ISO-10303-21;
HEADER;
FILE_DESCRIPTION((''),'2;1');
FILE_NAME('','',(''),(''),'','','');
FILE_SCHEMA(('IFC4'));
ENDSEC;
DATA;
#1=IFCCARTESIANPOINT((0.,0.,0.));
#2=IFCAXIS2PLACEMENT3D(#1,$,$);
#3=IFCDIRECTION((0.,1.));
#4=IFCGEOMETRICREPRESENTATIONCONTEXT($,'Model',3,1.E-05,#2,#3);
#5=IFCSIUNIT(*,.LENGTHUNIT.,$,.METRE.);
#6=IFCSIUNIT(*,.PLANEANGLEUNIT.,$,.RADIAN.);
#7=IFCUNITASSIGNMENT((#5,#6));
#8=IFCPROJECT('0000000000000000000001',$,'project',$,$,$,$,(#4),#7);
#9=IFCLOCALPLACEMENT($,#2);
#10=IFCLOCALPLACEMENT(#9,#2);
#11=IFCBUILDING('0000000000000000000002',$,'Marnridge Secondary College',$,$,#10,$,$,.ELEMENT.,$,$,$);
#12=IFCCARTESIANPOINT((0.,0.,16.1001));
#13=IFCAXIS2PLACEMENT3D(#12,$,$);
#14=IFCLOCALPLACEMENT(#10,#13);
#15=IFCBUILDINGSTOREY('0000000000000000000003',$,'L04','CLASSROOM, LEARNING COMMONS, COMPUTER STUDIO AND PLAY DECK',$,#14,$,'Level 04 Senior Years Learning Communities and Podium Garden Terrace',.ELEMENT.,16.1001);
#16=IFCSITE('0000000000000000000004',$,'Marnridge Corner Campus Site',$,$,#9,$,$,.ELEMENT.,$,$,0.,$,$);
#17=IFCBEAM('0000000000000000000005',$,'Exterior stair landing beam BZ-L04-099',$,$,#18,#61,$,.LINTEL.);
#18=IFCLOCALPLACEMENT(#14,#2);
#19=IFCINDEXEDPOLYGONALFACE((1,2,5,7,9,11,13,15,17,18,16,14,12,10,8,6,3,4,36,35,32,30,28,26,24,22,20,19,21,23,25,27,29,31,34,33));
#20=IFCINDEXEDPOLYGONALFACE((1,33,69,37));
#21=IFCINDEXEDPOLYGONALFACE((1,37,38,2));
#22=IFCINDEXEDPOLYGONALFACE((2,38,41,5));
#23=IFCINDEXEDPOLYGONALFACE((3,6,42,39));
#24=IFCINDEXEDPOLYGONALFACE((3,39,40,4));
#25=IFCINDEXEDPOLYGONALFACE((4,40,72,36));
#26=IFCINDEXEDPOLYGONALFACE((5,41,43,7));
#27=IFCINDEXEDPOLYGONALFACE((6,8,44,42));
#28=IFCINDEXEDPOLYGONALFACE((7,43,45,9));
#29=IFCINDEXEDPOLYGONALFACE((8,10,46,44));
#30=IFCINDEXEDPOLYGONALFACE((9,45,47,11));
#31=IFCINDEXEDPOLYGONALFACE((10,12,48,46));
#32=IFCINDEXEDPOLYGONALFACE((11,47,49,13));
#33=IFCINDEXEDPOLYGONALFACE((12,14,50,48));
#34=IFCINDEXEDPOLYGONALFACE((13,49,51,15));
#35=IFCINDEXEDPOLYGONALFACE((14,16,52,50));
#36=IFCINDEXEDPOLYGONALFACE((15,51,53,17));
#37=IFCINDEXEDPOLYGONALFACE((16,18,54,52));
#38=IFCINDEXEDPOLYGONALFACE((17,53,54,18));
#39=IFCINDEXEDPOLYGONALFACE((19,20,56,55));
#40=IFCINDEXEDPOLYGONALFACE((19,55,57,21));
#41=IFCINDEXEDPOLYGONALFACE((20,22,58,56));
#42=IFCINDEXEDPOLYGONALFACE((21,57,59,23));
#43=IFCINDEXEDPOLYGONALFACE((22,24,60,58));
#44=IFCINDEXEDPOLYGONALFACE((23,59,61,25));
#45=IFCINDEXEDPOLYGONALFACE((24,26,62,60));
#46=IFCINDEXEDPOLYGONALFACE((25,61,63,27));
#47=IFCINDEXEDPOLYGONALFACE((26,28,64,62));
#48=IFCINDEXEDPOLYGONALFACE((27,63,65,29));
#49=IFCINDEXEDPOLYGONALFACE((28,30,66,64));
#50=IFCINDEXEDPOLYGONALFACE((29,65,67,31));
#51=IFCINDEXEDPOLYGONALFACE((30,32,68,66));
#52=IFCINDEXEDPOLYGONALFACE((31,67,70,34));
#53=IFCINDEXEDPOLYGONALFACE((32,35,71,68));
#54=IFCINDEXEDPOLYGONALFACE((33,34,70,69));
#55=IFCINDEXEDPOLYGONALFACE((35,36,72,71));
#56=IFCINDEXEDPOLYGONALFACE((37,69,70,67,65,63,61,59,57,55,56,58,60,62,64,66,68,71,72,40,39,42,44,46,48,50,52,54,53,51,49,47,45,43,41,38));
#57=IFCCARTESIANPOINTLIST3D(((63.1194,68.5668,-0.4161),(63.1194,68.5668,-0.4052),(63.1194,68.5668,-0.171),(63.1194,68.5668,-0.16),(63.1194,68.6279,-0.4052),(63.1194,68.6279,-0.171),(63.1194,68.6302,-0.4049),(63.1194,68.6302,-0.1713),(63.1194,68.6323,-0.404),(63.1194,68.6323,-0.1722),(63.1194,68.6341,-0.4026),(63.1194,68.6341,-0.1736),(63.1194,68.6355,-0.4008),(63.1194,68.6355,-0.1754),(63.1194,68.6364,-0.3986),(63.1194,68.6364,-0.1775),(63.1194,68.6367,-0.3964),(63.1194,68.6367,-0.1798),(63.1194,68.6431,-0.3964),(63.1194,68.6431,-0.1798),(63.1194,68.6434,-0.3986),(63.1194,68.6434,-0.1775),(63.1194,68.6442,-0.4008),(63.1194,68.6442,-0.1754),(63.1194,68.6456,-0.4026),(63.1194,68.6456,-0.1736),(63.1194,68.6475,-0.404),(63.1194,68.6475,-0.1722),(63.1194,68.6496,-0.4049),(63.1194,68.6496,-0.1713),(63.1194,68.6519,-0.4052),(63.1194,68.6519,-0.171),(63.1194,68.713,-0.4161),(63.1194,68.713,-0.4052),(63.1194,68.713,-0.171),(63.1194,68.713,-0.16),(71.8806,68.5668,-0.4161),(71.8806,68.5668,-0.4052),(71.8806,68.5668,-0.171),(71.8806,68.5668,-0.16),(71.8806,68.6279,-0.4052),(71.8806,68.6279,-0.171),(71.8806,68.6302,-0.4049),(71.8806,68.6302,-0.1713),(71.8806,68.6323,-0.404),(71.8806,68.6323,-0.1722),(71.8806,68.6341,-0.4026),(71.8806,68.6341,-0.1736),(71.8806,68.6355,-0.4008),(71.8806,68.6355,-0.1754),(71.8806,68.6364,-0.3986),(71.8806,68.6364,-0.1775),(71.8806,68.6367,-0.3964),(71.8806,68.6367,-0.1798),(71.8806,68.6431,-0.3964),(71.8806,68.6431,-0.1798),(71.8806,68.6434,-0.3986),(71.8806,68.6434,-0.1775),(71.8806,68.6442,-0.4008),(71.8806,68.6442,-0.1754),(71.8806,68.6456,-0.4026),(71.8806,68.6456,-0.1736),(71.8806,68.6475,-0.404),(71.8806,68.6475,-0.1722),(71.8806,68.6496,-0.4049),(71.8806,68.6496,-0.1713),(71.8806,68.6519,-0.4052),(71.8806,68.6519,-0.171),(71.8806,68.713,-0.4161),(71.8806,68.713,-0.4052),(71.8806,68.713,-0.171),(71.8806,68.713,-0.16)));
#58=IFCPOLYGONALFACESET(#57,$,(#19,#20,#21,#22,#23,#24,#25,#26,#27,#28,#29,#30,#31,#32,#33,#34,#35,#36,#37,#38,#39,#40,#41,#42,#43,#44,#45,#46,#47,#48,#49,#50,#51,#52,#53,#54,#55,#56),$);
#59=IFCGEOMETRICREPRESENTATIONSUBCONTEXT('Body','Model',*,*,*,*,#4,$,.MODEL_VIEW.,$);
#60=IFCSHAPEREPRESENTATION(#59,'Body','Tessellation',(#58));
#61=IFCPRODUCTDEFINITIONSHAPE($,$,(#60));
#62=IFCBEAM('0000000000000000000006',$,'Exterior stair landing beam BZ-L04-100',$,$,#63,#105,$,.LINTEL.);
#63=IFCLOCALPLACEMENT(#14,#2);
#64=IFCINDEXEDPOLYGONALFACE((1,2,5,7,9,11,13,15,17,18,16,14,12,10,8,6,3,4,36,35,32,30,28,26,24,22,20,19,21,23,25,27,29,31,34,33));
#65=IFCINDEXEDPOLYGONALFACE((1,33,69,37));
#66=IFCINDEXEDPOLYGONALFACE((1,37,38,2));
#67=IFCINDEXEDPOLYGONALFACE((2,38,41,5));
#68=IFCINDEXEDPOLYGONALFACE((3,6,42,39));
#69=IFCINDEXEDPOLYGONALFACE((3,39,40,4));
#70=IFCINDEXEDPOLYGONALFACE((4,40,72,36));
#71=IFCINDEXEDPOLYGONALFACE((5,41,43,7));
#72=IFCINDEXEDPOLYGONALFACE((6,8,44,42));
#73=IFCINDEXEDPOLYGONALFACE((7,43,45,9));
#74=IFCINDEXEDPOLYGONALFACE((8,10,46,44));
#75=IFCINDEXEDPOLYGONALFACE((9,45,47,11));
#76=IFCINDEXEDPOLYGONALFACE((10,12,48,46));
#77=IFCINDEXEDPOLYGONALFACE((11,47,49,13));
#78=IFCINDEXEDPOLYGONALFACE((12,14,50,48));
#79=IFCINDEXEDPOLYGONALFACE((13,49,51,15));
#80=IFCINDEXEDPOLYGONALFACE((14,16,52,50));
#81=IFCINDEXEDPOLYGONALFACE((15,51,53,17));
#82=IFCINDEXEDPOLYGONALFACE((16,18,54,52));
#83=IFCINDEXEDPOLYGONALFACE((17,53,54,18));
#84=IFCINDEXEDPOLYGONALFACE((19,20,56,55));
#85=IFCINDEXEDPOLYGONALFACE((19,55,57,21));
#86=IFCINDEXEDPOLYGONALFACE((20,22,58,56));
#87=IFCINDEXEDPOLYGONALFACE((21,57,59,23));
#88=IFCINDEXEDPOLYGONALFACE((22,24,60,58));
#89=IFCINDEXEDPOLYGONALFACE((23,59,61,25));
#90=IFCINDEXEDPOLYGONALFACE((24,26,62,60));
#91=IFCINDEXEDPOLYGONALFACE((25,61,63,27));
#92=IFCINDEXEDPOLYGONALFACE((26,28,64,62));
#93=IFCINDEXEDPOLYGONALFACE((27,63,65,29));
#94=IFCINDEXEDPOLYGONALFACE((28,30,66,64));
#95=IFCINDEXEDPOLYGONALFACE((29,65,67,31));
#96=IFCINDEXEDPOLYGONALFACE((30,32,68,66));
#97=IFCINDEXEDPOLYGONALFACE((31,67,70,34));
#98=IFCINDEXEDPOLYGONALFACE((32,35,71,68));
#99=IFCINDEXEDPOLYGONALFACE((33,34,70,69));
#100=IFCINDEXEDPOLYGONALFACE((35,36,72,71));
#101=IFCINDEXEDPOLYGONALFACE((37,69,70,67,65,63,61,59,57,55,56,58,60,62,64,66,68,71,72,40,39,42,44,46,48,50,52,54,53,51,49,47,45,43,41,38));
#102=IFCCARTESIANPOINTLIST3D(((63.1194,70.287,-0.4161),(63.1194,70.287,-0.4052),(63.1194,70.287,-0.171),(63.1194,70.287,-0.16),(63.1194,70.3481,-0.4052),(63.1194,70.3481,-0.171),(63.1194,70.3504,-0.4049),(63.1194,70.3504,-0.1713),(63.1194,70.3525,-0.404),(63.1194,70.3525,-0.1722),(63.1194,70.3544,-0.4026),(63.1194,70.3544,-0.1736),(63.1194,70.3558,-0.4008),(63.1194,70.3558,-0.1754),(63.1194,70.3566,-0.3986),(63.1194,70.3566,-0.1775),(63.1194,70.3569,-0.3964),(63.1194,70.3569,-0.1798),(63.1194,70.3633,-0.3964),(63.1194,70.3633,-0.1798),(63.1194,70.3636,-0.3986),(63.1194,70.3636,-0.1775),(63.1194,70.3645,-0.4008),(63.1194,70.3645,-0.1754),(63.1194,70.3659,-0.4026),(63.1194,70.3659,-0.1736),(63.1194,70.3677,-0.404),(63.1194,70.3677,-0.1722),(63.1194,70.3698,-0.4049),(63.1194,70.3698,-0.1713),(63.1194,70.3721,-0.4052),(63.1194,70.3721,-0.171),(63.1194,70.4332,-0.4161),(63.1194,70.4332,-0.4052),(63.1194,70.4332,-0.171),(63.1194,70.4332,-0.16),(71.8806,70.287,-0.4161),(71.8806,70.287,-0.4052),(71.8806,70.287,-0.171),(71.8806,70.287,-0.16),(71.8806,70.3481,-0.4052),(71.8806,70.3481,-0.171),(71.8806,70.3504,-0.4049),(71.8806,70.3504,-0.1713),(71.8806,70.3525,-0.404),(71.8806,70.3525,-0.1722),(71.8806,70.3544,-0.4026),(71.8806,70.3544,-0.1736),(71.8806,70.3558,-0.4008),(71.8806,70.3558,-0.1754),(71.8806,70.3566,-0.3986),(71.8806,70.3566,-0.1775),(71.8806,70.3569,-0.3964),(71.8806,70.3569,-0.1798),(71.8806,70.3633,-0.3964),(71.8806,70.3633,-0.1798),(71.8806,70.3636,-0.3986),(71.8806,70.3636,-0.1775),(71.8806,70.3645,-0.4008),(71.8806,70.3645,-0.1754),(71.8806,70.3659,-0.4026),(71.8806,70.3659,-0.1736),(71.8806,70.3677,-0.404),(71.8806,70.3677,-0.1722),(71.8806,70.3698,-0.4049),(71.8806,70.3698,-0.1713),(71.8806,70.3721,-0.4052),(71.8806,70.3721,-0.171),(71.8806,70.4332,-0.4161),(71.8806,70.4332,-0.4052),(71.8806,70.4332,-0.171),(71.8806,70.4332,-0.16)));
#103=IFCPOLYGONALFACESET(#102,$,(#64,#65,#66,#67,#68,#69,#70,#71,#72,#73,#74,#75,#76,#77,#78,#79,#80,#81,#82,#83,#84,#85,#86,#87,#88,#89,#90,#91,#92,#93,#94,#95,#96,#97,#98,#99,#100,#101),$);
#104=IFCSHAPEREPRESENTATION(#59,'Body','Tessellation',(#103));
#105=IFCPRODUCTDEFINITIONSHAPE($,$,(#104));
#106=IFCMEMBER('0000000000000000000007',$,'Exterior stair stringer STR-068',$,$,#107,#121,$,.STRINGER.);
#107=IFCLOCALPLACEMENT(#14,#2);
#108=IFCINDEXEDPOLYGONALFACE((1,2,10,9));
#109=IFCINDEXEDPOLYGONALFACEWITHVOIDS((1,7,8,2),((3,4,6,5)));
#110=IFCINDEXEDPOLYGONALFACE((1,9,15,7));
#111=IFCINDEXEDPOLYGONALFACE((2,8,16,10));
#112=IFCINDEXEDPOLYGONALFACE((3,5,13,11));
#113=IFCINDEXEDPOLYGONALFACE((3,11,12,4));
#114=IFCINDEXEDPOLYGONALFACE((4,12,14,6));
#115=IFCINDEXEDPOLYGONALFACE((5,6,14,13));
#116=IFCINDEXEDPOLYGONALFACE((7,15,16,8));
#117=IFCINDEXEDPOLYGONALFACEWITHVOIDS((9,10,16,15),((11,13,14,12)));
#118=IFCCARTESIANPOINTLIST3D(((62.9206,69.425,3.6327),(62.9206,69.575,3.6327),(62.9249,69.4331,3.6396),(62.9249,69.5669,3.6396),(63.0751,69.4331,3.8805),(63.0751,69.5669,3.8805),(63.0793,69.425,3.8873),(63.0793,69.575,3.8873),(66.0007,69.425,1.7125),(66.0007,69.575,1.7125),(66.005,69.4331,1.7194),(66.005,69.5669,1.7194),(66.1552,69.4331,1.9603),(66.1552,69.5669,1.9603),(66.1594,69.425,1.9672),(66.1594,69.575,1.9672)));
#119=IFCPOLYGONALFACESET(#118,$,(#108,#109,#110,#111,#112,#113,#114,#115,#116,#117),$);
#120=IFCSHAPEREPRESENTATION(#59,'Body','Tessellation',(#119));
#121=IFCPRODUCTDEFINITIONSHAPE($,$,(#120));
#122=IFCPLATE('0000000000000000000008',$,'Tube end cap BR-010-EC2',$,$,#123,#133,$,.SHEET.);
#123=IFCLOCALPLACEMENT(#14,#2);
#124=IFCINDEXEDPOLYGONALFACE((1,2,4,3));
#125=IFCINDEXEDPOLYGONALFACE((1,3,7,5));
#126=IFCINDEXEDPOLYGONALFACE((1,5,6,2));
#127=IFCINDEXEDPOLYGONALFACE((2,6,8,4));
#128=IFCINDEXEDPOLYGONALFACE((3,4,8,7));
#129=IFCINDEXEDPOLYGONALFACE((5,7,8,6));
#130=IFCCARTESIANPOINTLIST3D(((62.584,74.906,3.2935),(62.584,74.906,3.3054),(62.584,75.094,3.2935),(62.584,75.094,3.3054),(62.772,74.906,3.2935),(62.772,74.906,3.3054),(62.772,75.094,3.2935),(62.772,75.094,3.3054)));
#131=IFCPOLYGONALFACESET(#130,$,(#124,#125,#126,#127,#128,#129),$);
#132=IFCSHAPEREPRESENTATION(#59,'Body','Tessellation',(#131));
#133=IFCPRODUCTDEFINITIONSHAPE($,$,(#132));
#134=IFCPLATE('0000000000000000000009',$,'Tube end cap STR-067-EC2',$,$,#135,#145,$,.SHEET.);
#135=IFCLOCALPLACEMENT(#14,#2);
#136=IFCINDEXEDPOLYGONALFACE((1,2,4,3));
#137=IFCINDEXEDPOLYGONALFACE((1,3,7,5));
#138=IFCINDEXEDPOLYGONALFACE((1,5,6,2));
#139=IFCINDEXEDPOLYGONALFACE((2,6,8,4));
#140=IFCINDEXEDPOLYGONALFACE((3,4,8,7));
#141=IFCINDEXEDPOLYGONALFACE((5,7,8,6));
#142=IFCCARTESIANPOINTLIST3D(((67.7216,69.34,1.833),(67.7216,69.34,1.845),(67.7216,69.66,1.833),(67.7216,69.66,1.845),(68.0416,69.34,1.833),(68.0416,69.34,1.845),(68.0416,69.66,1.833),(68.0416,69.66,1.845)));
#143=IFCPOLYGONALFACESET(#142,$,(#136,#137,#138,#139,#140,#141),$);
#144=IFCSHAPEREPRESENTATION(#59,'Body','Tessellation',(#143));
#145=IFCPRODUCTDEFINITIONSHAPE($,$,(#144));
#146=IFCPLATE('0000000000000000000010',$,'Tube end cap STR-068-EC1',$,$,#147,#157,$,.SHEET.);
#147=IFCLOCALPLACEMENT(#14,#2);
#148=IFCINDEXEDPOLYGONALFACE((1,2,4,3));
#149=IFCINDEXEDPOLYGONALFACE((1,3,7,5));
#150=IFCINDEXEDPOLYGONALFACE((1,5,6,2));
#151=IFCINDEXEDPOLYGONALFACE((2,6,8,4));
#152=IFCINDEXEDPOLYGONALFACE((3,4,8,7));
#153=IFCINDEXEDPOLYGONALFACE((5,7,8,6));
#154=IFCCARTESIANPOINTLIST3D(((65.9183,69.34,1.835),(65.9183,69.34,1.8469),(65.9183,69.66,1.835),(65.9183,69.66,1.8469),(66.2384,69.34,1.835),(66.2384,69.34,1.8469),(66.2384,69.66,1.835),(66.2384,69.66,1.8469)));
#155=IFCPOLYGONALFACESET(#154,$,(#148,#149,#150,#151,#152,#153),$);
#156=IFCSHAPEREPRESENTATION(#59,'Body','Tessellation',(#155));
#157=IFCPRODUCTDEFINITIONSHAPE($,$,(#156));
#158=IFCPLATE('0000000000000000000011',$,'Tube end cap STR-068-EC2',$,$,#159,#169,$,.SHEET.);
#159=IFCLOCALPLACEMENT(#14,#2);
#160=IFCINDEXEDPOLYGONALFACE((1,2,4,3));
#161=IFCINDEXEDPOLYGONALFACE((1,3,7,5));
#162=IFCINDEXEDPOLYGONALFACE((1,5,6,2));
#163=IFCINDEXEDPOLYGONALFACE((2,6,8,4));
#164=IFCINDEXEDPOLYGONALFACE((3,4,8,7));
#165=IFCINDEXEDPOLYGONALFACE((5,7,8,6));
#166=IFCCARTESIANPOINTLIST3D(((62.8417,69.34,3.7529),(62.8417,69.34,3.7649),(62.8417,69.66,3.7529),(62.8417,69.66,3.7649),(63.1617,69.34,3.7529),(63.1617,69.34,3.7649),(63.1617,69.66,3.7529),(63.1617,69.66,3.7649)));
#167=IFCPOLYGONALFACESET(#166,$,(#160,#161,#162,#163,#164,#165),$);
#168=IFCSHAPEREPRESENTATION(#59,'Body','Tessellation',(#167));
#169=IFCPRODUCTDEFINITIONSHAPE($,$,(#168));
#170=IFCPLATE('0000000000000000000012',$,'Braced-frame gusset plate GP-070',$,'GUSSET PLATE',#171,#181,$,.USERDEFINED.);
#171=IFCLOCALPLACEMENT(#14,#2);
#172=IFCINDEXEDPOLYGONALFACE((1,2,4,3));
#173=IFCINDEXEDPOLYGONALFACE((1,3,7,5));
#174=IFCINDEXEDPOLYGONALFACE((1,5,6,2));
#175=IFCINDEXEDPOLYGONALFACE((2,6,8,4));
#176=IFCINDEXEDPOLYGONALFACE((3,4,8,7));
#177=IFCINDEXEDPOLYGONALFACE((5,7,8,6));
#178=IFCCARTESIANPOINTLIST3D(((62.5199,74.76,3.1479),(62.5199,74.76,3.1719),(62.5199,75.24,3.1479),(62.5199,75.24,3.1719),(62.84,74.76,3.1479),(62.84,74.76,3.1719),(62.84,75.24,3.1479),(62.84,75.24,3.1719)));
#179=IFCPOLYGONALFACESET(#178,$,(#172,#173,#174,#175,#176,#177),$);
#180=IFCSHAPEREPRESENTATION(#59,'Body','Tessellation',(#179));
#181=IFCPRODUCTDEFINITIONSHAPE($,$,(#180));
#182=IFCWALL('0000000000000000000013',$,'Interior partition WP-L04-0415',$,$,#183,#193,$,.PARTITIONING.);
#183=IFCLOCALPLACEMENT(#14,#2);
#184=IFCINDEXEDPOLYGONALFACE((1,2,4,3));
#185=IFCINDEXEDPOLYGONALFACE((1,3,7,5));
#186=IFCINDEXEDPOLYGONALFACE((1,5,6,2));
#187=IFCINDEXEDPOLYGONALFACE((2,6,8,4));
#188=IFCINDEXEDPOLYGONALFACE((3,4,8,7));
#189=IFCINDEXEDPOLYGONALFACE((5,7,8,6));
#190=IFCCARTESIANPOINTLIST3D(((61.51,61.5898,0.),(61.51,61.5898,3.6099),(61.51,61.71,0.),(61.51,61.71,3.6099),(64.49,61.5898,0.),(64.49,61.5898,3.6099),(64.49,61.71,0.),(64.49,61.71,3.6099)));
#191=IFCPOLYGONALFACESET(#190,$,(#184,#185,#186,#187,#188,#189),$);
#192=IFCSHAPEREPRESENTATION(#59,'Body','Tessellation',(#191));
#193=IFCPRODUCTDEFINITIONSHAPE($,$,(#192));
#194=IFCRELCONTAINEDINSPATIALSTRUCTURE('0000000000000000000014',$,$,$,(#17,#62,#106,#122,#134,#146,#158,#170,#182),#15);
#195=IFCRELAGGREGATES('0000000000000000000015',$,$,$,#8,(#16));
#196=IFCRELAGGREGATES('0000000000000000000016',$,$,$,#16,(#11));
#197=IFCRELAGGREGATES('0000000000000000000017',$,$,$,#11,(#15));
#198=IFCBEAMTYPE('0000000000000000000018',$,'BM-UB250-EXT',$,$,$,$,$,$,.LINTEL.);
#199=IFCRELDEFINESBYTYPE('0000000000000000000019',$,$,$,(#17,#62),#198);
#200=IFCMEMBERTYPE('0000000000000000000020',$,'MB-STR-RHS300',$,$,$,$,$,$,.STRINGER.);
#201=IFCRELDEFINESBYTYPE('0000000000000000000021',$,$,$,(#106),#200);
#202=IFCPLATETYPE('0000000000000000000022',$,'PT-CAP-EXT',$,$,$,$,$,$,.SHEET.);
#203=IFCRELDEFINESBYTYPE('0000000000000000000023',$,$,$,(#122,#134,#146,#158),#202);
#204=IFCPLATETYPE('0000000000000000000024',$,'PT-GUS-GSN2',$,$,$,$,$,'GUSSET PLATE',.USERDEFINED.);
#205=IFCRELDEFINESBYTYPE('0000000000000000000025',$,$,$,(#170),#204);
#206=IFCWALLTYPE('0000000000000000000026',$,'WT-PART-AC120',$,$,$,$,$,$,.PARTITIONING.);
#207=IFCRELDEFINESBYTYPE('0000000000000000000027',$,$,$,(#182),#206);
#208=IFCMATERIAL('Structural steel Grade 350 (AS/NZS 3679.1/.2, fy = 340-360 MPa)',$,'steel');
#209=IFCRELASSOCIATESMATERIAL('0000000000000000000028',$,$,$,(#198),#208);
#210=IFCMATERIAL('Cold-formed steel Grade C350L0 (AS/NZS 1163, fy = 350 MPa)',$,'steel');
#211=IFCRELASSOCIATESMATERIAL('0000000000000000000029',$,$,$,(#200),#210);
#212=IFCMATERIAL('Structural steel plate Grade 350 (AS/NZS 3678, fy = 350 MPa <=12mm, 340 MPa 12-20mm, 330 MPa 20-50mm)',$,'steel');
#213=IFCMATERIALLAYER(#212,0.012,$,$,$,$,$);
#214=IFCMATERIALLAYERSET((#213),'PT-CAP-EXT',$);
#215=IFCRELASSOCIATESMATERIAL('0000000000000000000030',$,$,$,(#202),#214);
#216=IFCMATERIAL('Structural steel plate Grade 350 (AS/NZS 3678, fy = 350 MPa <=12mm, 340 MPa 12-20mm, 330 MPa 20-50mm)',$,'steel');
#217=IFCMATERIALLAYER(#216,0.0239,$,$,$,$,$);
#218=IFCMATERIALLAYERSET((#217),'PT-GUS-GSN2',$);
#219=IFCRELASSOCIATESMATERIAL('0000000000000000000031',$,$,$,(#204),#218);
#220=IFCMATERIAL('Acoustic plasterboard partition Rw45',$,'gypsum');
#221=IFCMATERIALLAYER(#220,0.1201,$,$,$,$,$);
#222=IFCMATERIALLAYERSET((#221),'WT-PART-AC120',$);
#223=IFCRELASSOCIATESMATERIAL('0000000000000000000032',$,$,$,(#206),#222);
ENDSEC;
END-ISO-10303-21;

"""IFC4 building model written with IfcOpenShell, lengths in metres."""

from ifc_helpers import new_model, si_unit, direction, frame, frame_2d, origin, origin_2d, place, context, subcontext, project, spatial, rectangle, hollow_rectangle, i_section, extrude, material, layer, layer_set, material_profile, profile_set, type_object, element, save


model = new_model("IFC4")

# Units and contexts
model_context = context("Model", 3, precision=1e-05, world=origin(), true_north=direction((0.0, 1.0)))
body_context = subcontext(model_context, "Body", "Model", "MODEL_VIEW")
ifc_project = project(units=[si_unit("LENGTHUNIT", "METRE"), si_unit("PLANEANGLEUNIT", "RADIAN")], contexts=[model_context])

# Site, building, storey
site_placement = place(None, origin())
site = spatial("IfcSite", under=ifc_project, at=site_placement, Name="Marnridge Corner Campus Site", CompositionType="ELEMENT", RefElevation=0.0)
building_placement = place(site_placement, origin())
building = spatial("IfcBuilding", under=site, at=building_placement, Name="Marnridge Secondary College", CompositionType="ELEMENT")
storey_placement = place(building_placement, frame((0.0, 0.0, 16.1001)))
storey = spatial("IfcBuildingStorey", under=building, at=storey_placement, Name="L04", Description="CLASSROOM, LEARNING COMMONS, COMPUTER STUDIO AND PLAY DECK", LongName="Level 04 Senior Years Learning Communities and Podium Garden Terrace", CompositionType="ELEMENT", Elevation=16.1001)

# Beams
ifc_material_1 = material(Name="Structural steel Grade 350 (AS/NZS 3679.1/.2, fy = 340-360 MPa)", Category="steel")
ifc_material_profile_1 = material_profile(ifc_material_1, i_section(OverallWidth=0.1462, OverallDepth=0.2561, WebThickness=0.0063, FlangeThickness=0.011, FilletRadius=0.0088, at=origin_2d()), Name="250UB37.3")
ifc_profile_set_1 = profile_set([ifc_material_profile_1], Name="Structural steel Grade 350 (AS/NZS 3679.1/.2, fy = 340-360 MPa)")
beam_type_1 = type_object("IfcBeamType", Name="BM-UB250-EXT", PredefinedType="LINTEL", material=ifc_profile_set_1)
for number, where, z_axis, x_axis, name in (
    (1, (63.1194, 68.6399, -0.2881), (1.0, 0.0, 0.0), (0.0, 1.0, 0.0), "Exterior stair landing beam BZ-L04-099"),
    (2, (63.1194, 70.3601, -0.2881), (1.0, 0.0, 0.0), (0.0, 1.0, 0.0), "Exterior stair landing beam BZ-L04-100"),
):
    element("IfcBeam", number, at=place(storey_placement, frame(where, z_axis=z_axis, x_axis=x_axis)), inside=storey, type_object=beam_type_1, Name=name, PredefinedType="LINTEL", context=body_context, shape_type="SweptSolid", body=[
        extrude(i_section(OverallWidth=0.1462, OverallDepth=0.2561, WebThickness=0.0063, FlangeThickness=0.011, FilletRadius=0.0088, at=origin_2d()), origin(), (0.0, 0.0, 1.0), 8.7612),
    ])

# Member
ifc_material_2 = material(Name="Cold-formed steel Grade C350L0 (AS/NZS 1163, fy = 350 MPa)", Category="steel")
ifc_material_profile_2 = material_profile(ifc_material_2, hollow_rectangle(XDim=0.1499, YDim=0.3, WallThickness=0.0081, at=origin_2d()), Name="300x150x8.0RHS")
ifc_profile_set_2 = profile_set([ifc_material_profile_2], Name="Cold-formed steel Grade C350L0 (AS/NZS 1163, fy = 350 MPa)")
member_type = type_object("IfcMemberType", Name="MB-STR-RHS300", PredefinedType="STRINGER", material=ifc_profile_set_2)
member_placement = place(storey_placement, frame((66.0801, 69.5, 1.8398), z_axis=(-0.848602, 0.0, 0.529031), x_axis=(0.0, -1.0, 0.0)))
element("IfcMember", 3, at=member_placement, inside=storey, type_object=member_type, Name="Exterior stair stringer STR-068", PredefinedType="STRINGER", context=body_context, shape_type="SweptSolid", body=[
    extrude(hollow_rectangle(XDim=0.1499, YDim=0.3, WallThickness=0.0081, at=origin_2d()), origin(), (0.0, 0.0, 1.0), 3.6296),
])

# Plates
ifc_material_3 = material(Name="Structural steel plate Grade 350 (AS/NZS 3678, fy = 350 MPa <=12mm, 340 MPa 12-20mm, 330 MPa 20-50mm)", Category="steel")
ifc_layer_1 = layer(ifc_material_3, 0.012)
ifc_layer_set_1 = layer_set([ifc_layer_1], Name="PT-CAP-EXT")
plate_type_1 = type_object("IfcPlateType", Name="PT-CAP-EXT", PredefinedType="SHEET", material=ifc_layer_set_1)
plate_1_placement = place(storey_placement, frame((62.678, 75.0, 3.2935), z_axis=(0.0, 0.0, 1.0), x_axis=(1.0, 0.0, 0.0)))
element("IfcPlate", 4, at=plate_1_placement, inside=storey, type_object=plate_type_1, Name="Tube end cap BR-010-EC2", PredefinedType="SHEET", context=body_context, shape_type="SweptSolid", body=[
    extrude(rectangle(XDim=0.188, YDim=0.188, at=origin_2d()), origin(), (0.0, 0.0, 1.0), 0.012),
])
for number, where, z_axis, x_axis, name in (
    (5, (67.8816, 69.5, 1.833), (0.0, 0.0, 1.0), (-1.0, 0.0, 0.0), "Tube end cap STR-067-EC2"),
    (6, (66.0784, 69.5, 1.835), (0.0, 0.0, 1.0), (-1.0, 0.0, 0.0), "Tube end cap STR-068-EC1"),
    (7, (63.0017, 69.5, 3.7529), (0.0, 0.0, 1.0), (-1.0, 0.0, 0.0), "Tube end cap STR-068-EC2"),
):
    element("IfcPlate", number, at=place(storey_placement, frame(where, z_axis=z_axis, x_axis=x_axis)), inside=storey, type_object=plate_type_1, Name=name, PredefinedType="SHEET", context=body_context, shape_type="SweptSolid", body=[
        extrude(rectangle(XDim=0.3201, YDim=0.3201, at=origin_2d()), origin(), (0.0, 0.0, 1.0), 0.012),
    ])
ifc_material_4 = material(Name="Structural steel plate Grade 350 (AS/NZS 3678, fy = 350 MPa <=12mm, 340 MPa 12-20mm, 330 MPa 20-50mm)", Category="steel")
ifc_layer_2 = layer(ifc_material_4, 0.0239)
ifc_layer_set_2 = layer_set([ifc_layer_2], Name="PT-GUS-GSN2")
plate_type_2 = type_object("IfcPlateType", Name="PT-GUS-GSN2", ElementType="GUSSET PLATE", PredefinedType="USERDEFINED", material=ifc_layer_set_2)
plate_2_placement = place(storey_placement, frame((62.6799, 75.0, 3.1479), z_axis=(0.0, 0.0, 1.0), x_axis=(0.0, 1.0, 0.0)))
element("IfcPlate", 8, at=plate_2_placement, inside=storey, type_object=plate_type_2, Name="Braced-frame gusset plate GP-070", ObjectType="GUSSET PLATE", PredefinedType="USERDEFINED", context=body_context, shape_type="SweptSolid", body=[
    extrude(rectangle(XDim=0.48, YDim=0.3201, at=origin_2d()), origin(), (0.0, 0.0, 1.0), 0.0239),
])

# Wall
ifc_material_5 = material(Name="Acoustic plasterboard partition Rw45", Category="gypsum")
ifc_layer_3 = layer(ifc_material_5, 0.1201)
ifc_layer_set_3 = layer_set([ifc_layer_3], Name="WT-PART-AC120")
wall_type_1 = type_object("IfcWallType", Name="WT-PART-AC120", PredefinedType="PARTITIONING", material=ifc_layer_set_3)
wall_1_placement = place(storey_placement, frame((61.51, 61.6499, 0.0), z_axis=(0.0, 0.0, 1.0), x_axis=(1.0, 0.0, 0.0)))
element("IfcWall", 9, at=wall_1_placement, inside=storey, type_object=wall_type_1, Name="Interior partition WP-L04-0415", PredefinedType="PARTITIONING", context=body_context, shape_type="SweptSolid", body=[
    extrude(rectangle(XDim=2.98, YDim=0.1201, at=frame_2d((1.49, 0.0))), origin(), (0.0, 0.0, 1.0), 3.6099),
])

save(model, "model.ifc")
